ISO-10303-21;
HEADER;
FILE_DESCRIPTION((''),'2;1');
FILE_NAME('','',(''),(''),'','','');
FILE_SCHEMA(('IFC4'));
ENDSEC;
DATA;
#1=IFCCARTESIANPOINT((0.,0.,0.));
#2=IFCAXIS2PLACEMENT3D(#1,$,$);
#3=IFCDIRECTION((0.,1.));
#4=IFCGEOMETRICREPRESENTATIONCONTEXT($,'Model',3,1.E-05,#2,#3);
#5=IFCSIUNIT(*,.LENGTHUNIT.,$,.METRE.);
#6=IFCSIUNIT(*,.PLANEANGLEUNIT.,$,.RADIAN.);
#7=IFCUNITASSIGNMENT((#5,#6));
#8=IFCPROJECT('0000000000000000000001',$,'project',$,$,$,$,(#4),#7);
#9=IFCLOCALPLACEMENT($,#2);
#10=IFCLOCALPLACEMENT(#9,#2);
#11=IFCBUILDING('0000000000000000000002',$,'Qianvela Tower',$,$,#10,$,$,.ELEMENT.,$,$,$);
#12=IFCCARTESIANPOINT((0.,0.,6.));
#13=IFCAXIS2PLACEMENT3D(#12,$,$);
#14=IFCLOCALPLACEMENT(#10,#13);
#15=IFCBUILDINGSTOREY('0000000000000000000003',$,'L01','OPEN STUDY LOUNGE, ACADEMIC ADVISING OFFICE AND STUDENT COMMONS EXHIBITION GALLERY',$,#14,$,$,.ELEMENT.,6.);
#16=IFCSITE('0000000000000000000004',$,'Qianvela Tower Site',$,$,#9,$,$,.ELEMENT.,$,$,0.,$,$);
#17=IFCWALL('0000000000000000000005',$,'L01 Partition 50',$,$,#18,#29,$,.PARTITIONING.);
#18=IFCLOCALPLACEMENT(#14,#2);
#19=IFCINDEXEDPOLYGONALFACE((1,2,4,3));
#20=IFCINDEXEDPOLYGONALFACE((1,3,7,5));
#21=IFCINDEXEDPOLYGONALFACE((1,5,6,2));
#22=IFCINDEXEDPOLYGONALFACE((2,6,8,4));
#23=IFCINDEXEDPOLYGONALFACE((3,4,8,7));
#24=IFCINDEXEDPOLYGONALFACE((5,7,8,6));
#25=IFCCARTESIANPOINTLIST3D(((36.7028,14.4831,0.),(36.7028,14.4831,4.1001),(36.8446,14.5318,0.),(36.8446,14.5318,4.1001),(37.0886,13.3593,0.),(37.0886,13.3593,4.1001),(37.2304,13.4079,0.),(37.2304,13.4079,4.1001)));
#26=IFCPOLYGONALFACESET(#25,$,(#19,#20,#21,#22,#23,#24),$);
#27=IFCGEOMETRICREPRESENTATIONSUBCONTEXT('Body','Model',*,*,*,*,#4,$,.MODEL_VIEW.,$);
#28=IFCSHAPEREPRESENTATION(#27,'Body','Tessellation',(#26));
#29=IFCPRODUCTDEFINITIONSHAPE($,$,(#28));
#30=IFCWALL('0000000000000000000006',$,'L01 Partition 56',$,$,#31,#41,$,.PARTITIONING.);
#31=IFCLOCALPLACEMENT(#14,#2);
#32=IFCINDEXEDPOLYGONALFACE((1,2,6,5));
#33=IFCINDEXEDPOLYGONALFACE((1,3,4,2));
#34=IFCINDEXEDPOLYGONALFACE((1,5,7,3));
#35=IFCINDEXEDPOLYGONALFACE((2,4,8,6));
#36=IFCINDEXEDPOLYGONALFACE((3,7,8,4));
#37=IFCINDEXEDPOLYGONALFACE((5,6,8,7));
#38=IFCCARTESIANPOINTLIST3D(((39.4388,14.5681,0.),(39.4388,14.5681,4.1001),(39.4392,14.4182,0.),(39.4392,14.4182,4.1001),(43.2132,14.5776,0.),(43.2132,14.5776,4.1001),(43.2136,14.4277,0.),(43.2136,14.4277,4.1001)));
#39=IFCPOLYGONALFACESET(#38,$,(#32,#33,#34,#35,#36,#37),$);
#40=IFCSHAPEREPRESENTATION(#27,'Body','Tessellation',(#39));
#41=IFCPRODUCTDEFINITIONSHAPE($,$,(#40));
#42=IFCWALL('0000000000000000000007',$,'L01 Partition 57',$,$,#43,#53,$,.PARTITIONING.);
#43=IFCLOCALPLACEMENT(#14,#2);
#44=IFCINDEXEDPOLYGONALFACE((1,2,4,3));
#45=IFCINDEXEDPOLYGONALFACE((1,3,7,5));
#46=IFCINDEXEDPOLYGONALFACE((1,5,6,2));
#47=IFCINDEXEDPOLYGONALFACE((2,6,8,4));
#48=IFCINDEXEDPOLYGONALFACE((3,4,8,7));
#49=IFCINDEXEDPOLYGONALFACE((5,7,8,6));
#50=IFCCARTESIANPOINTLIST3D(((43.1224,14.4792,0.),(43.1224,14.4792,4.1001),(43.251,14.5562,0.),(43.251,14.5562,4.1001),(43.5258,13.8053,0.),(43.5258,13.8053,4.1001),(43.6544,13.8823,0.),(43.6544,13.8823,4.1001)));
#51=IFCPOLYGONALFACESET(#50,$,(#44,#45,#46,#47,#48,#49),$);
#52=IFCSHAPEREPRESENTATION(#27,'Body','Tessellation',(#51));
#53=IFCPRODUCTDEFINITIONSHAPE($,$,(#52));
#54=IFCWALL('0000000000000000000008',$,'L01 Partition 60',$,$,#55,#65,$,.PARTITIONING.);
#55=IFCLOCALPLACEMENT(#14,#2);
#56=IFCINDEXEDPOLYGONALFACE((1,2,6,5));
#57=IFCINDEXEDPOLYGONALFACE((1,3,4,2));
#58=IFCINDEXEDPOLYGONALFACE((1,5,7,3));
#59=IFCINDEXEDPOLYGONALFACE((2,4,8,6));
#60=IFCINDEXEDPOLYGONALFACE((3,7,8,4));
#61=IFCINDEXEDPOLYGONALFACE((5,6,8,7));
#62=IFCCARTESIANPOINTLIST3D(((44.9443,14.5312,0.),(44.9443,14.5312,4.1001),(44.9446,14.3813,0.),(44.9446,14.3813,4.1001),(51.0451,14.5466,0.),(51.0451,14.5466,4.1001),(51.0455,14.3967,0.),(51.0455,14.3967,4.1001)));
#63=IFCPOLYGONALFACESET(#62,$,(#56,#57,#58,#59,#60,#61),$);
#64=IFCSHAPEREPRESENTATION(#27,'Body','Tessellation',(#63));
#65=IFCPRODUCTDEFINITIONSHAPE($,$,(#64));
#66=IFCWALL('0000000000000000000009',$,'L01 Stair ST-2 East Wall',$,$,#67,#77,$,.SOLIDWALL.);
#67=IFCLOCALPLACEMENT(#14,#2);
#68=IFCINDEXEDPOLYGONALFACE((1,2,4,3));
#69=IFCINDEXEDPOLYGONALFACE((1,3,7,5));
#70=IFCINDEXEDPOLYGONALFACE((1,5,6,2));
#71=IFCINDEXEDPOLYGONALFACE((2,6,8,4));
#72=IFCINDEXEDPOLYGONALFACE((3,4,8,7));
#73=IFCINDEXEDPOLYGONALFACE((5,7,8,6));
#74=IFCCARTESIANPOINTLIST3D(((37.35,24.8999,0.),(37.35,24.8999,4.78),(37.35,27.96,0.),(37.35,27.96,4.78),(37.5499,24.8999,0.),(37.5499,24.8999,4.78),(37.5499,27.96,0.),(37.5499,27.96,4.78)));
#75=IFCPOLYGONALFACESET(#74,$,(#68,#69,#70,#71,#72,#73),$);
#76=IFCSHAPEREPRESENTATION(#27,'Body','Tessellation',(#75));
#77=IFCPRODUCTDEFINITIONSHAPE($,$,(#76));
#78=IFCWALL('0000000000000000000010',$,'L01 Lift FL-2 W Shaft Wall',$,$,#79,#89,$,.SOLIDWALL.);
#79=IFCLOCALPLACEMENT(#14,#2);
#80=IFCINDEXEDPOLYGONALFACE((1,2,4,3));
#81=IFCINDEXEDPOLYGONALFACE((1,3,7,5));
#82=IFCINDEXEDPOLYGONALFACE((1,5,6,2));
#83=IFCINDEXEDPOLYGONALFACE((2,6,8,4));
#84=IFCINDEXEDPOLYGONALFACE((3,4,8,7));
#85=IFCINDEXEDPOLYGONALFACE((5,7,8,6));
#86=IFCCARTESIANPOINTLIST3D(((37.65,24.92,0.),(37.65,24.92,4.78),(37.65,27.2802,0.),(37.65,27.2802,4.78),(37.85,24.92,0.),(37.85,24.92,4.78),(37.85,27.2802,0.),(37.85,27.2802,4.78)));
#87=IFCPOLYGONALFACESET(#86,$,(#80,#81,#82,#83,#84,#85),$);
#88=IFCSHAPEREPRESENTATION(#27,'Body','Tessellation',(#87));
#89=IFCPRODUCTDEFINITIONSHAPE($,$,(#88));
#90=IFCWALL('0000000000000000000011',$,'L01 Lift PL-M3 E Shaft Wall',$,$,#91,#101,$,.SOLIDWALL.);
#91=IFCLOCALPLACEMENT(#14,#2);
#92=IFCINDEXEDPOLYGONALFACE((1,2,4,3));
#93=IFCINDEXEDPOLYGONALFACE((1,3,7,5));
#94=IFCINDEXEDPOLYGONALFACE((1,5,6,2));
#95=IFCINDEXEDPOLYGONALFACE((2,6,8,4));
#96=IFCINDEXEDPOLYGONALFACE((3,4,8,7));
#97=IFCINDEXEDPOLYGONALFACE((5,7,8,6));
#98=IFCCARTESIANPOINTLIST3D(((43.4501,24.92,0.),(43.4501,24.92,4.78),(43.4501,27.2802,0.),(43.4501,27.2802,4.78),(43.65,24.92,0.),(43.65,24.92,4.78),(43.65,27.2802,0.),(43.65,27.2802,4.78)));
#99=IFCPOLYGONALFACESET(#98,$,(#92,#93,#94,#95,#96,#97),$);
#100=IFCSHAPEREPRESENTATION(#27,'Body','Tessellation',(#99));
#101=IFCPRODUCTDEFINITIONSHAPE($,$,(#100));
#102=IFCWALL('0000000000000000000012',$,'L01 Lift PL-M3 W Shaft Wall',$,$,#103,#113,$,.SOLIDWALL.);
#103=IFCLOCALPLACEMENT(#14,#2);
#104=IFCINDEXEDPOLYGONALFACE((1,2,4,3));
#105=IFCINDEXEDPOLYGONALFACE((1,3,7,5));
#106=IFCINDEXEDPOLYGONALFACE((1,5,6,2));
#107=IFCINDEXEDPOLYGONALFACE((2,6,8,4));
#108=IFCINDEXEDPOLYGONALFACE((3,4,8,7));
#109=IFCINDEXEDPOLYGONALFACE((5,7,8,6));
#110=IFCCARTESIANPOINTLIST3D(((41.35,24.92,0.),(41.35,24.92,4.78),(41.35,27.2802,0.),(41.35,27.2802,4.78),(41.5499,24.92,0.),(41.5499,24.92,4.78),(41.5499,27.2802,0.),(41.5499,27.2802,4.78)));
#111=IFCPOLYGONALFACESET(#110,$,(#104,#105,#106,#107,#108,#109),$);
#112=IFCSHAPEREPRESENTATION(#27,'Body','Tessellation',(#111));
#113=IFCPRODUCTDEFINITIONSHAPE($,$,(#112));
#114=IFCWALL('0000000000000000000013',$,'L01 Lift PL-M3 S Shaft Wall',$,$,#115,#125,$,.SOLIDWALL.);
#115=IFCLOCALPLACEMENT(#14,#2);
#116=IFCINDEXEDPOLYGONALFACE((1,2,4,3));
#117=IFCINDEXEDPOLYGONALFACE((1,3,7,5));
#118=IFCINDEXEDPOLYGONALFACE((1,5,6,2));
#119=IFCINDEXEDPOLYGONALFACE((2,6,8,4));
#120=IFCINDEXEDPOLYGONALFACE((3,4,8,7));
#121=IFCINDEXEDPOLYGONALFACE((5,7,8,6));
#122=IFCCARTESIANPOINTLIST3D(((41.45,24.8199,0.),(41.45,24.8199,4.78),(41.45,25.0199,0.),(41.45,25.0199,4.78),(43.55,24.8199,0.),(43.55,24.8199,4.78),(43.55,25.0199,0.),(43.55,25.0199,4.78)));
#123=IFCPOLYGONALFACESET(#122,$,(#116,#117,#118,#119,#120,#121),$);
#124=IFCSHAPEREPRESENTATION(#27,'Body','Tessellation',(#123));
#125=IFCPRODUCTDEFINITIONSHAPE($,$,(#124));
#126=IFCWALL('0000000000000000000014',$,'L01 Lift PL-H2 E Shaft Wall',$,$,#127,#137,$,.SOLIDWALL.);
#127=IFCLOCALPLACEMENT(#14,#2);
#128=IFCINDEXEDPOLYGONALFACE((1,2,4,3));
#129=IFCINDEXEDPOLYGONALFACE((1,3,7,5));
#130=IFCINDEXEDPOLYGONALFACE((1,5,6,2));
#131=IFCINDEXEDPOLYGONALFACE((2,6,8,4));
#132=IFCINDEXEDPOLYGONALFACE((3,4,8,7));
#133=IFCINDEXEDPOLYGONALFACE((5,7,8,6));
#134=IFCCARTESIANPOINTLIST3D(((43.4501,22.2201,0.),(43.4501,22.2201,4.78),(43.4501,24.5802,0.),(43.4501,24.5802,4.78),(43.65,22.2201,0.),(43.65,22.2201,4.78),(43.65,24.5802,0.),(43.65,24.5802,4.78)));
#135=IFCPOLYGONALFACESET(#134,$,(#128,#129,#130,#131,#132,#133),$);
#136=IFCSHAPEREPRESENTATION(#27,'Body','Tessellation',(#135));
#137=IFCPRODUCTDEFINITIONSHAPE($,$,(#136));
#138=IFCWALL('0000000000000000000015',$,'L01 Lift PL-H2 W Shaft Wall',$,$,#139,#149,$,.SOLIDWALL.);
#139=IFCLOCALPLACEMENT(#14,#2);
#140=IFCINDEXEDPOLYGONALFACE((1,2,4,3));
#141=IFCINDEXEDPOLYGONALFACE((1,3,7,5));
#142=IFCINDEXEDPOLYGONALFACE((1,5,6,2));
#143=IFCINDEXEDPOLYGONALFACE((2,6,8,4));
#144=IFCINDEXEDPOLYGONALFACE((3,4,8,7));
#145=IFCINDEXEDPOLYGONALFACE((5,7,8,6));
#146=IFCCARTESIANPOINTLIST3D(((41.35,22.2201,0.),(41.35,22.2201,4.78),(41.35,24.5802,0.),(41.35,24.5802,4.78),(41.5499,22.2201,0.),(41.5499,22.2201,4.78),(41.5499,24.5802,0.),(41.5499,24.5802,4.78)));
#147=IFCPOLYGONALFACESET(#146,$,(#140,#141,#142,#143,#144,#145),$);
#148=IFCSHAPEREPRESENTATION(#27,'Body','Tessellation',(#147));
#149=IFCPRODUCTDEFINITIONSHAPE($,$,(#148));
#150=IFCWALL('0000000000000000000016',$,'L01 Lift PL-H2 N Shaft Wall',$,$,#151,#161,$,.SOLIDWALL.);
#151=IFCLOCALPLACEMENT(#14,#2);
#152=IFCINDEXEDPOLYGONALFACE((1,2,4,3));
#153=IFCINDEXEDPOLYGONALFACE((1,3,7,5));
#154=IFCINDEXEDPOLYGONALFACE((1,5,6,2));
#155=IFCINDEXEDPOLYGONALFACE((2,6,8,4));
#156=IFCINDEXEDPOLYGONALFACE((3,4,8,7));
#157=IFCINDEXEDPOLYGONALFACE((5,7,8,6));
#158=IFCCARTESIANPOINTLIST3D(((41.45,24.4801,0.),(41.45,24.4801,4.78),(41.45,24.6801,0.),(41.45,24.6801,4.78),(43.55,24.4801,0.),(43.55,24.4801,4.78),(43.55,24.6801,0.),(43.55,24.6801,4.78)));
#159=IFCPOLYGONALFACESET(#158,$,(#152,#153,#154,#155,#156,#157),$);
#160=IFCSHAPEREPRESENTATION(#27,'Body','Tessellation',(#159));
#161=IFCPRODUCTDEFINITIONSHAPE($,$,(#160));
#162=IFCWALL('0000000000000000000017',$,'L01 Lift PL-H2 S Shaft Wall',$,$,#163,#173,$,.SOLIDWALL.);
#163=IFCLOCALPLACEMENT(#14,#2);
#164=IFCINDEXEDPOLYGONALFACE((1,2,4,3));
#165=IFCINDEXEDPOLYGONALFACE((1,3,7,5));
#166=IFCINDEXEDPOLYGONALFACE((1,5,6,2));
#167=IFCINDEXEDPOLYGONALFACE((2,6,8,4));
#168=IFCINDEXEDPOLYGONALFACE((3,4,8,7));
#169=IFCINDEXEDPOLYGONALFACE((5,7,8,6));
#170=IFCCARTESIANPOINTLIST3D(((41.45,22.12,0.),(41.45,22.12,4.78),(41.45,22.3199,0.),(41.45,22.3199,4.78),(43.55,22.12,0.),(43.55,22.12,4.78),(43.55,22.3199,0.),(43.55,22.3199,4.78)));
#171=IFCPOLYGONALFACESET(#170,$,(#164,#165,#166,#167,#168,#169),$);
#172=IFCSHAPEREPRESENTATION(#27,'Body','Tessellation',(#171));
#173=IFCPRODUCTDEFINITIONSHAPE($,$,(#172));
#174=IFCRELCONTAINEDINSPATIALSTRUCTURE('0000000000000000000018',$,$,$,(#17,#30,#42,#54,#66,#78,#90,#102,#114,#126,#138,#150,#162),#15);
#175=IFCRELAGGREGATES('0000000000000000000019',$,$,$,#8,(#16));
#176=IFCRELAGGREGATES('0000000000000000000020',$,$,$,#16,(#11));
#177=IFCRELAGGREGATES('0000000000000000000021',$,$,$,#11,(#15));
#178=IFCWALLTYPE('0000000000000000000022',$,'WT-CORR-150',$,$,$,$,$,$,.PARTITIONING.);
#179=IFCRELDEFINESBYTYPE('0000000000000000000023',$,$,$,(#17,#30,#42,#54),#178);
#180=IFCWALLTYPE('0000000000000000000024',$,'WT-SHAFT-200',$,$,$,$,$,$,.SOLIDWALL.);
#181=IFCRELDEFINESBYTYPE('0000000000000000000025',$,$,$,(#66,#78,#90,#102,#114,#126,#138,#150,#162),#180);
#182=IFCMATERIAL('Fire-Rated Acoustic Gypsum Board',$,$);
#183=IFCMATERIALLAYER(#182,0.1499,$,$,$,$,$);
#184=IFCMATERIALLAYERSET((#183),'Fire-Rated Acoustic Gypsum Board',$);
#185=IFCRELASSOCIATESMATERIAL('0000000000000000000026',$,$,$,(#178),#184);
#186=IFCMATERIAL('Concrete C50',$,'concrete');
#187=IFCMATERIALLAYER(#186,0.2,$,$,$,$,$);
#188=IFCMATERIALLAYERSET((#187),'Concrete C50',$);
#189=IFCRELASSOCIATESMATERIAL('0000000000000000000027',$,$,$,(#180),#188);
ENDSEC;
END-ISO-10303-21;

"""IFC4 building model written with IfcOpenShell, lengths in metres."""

from ifc_helpers import new_model, si_unit, direction, frame, frame_2d, origin, place, context, subcontext, project, spatial, rectangle, extrude, material, layer, layer_set, type_object, element, save


model = new_model("IFC4")

# Units and contexts
model_context = context("Model", 3, precision=1e-05, world=origin(), true_north=direction((0.0, 1.0)))
body_context = subcontext(model_context, "Body", "Model", "MODEL_VIEW")
ifc_project = project(units=[si_unit("LENGTHUNIT", "METRE"), si_unit("PLANEANGLEUNIT", "RADIAN")], contexts=[model_context])

# Site, building, storey
site_placement = place(None, origin())
site = spatial("IfcSite", under=ifc_project, at=site_placement, Name="Qianvela Tower Site", CompositionType="ELEMENT", RefElevation=0.0)
building_placement = place(site_placement, origin())
building = spatial("IfcBuilding", under=site, at=building_placement, Name="Qianvela Tower", CompositionType="ELEMENT")
storey_placement = place(building_placement, frame((0.0, 0.0, 6.0)))
storey = spatial("IfcBuildingStorey", under=building, at=storey_placement, Name="L01", Description="OPEN STUDY LOUNGE, ACADEMIC ADVISING OFFICE AND STUDENT COMMONS EXHIBITION GALLERY", CompositionType="ELEMENT", Elevation=6.0)

# Walls
ifc_material_1 = material(Name="Fire-Rated Acoustic Gypsum Board")
ifc_layer_1 = layer(ifc_material_1, 0.1499)
ifc_layer_set_1 = layer_set([ifc_layer_1], Name="Fire-Rated Acoustic Gypsum Board")
wall_type_1 = type_object("IfcWallType", Name="WT-CORR-150", PredefinedType="PARTITIONING", material=ifc_layer_set_1)
wall_1_placement = place(storey_placement, frame((36.7737, 14.5076, 0.0), z_axis=(0.0, 0.0, 1.0), x_axis=(0.324661, -0.945831, 0.0)))
element("IfcWall", 1, at=wall_1_placement, inside=storey, type_object=wall_type_1, Name="L01 Partition 50", PredefinedType="PARTITIONING", context=body_context, shape_type="SweptSolid", body=[
    extrude(rectangle(XDim=1.1882, YDim=0.1499, at=frame_2d((0.5942, 0.0))), origin(), (0.0, 0.0, 1.0), 4.1001),
])
wall_2_placement = place(storey_placement, frame((39.439, 14.4932, 0.0), z_axis=(0.0, 0.0, 1.0), x_axis=(0.999997, 0.002523, 0.0)))
element("IfcWall", 2, at=wall_2_placement, inside=storey, type_object=wall_type_1, Name="L01 Partition 56", PredefinedType="PARTITIONING", context=body_context, shape_type="SweptSolid", body=[
    extrude(rectangle(XDim=3.7744, YDim=0.1499, at=frame_2d((1.8872, 0.0))), origin(), (0.0, 0.0, 1.0), 4.1001),
])
wall_3_placement = place(storey_placement, frame((43.1868, 14.5176, 0.0), z_axis=(0.0, 0.0, 1.0), x_axis=(0.513581, -0.858041, 0.0)))
element("IfcWall", 3, at=wall_3_placement, inside=storey, type_object=wall_type_1, Name="L01 Partition 57", PredefinedType="PARTITIONING", context=body_context, shape_type="SweptSolid", body=[
    extrude(rectangle(XDim=0.7854, YDim=0.1499, at=frame_2d((0.3926, 0.0))), origin(), (0.0, 0.0, 1.0), 4.1001),
])
wall_4_placement = place(storey_placement, frame((44.9446, 14.4563, 0.0), z_axis=(0.0, 0.0, 1.0), x_axis=(0.999997, 0.002521, 0.0)))
element("IfcWall", 4, at=wall_4_placement, inside=storey, type_object=wall_type_1, Name="L01 Partition 60", PredefinedType="PARTITIONING", context=body_context, shape_type="SweptSolid", body=[
    extrude(rectangle(XDim=6.1008, YDim=0.1499, at=frame_2d((3.0503, 0.0))), origin(), (0.0, 0.0, 1.0), 4.1001),
])
ifc_material_2 = material(Name="Concrete C50", Category="concrete")
ifc_layer_2 = layer(ifc_material_2, 0.2)
ifc_layer_set_2 = layer_set([ifc_layer_2], Name="Concrete C50")
wall_type_2 = type_object("IfcWallType", Name="WT-SHAFT-200", PredefinedType="SOLIDWALL", material=ifc_layer_set_2)
wall_5_placement = place(storey_placement, frame((37.45, 24.8999, 0.0), z_axis=(0.0, 0.0, 1.0), x_axis=(0.0, 1.0, 0.0)))
element("IfcWall", 5, at=wall_5_placement, inside=storey, type_object=wall_type_2, Name="L01 Stair ST-2 East Wall", PredefinedType="SOLIDWALL", context=body_context, shape_type="SweptSolid", body=[
    extrude(rectangle(XDim=3.0601, YDim=0.2, at=frame_2d((1.53, 0.0))), origin(), (0.0, 0.0, 1.0), 4.78),
])

# Walls
for number, where, z_axis, x_axis, name in (
    (6, (37.75, 24.9199, 0.0), (0.0, 0.0, 1.0), (0.0, 1.0, 0.0), "L01 Lift FL-2 W Shaft Wall"),
    (7, (43.55, 24.9199, 0.0), (0.0, 0.0, 1.0), (0.0, 1.0, 0.0), "L01 Lift PL-M3 E Shaft Wall"),
    (8, (41.45, 24.9199, 0.0), (0.0, 0.0, 1.0), (0.0, 1.0, 0.0), "L01 Lift PL-M3 W Shaft Wall"),
):
    element("IfcWall", number, at=place(storey_placement, frame(where, z_axis=z_axis, x_axis=x_axis)), inside=storey, type_object=wall_type_2, Name=name, PredefinedType="SOLIDWALL", context=body_context, shape_type="SweptSolid", body=[
        extrude(rectangle(XDim=2.3601, YDim=0.2, at=frame_2d((1.1802, 0.0))), origin(), (0.0, 0.0, 1.0), 4.78),
    ])
wall_6_placement = place(storey_placement, frame((41.45, 24.9199, 0.0), z_axis=(0.0, 0.0, 1.0), x_axis=(1.0, 0.0, 0.0)))
element("IfcWall", 9, at=wall_6_placement, inside=storey, type_object=wall_type_2, Name="L01 Lift PL-M3 S Shaft Wall", PredefinedType="SOLIDWALL", context=body_context, shape_type="SweptSolid", body=[
    extrude(rectangle(XDim=2.1001, YDim=0.2, at=frame_2d((1.05, 0.0))), origin(), (0.0, 0.0, 1.0), 4.78),
])
for number, where, z_axis, x_axis, name in (
    (10, (43.55, 22.22, 0.0), (0.0, 0.0, 1.0), (0.0, 1.0, 0.0), "L01 Lift PL-H2 E Shaft Wall"),
    (11, (41.45, 22.22, 0.0), (0.0, 0.0, 1.0), (0.0, 1.0, 0.0), "L01 Lift PL-H2 W Shaft Wall"),
):
    element("IfcWall", number, at=place(storey_placement, frame(where, z_axis=z_axis, x_axis=x_axis)), inside=storey, type_object=wall_type_2, Name=name, PredefinedType="SOLIDWALL", context=body_context, shape_type="SweptSolid", body=[
        extrude(rectangle(XDim=2.3601, YDim=0.2, at=frame_2d((1.1802, 0.0))), origin(), (0.0, 0.0, 1.0), 4.78),
    ])
for number, where, z_axis, x_axis, name in (
    (12, (41.45, 24.5801, 0.0), (0.0, 0.0, 1.0), (1.0, 0.0, 0.0), "L01 Lift PL-H2 N Shaft Wall"),
    (13, (41.45, 22.22, 0.0), (0.0, 0.0, 1.0), (1.0, 0.0, 0.0), "L01 Lift PL-H2 S Shaft Wall"),
):
    element("IfcWall", number, at=place(storey_placement, frame(where, z_axis=z_axis, x_axis=x_axis)), inside=storey, type_object=wall_type_2, Name=name, PredefinedType="SOLIDWALL", context=body_context, shape_type="SweptSolid", body=[
        extrude(rectangle(XDim=2.1001, YDim=0.2, at=frame_2d((1.05, 0.0))), origin(), (0.0, 0.0, 1.0), 4.78),
    ])

save(model, "model.ifc")
